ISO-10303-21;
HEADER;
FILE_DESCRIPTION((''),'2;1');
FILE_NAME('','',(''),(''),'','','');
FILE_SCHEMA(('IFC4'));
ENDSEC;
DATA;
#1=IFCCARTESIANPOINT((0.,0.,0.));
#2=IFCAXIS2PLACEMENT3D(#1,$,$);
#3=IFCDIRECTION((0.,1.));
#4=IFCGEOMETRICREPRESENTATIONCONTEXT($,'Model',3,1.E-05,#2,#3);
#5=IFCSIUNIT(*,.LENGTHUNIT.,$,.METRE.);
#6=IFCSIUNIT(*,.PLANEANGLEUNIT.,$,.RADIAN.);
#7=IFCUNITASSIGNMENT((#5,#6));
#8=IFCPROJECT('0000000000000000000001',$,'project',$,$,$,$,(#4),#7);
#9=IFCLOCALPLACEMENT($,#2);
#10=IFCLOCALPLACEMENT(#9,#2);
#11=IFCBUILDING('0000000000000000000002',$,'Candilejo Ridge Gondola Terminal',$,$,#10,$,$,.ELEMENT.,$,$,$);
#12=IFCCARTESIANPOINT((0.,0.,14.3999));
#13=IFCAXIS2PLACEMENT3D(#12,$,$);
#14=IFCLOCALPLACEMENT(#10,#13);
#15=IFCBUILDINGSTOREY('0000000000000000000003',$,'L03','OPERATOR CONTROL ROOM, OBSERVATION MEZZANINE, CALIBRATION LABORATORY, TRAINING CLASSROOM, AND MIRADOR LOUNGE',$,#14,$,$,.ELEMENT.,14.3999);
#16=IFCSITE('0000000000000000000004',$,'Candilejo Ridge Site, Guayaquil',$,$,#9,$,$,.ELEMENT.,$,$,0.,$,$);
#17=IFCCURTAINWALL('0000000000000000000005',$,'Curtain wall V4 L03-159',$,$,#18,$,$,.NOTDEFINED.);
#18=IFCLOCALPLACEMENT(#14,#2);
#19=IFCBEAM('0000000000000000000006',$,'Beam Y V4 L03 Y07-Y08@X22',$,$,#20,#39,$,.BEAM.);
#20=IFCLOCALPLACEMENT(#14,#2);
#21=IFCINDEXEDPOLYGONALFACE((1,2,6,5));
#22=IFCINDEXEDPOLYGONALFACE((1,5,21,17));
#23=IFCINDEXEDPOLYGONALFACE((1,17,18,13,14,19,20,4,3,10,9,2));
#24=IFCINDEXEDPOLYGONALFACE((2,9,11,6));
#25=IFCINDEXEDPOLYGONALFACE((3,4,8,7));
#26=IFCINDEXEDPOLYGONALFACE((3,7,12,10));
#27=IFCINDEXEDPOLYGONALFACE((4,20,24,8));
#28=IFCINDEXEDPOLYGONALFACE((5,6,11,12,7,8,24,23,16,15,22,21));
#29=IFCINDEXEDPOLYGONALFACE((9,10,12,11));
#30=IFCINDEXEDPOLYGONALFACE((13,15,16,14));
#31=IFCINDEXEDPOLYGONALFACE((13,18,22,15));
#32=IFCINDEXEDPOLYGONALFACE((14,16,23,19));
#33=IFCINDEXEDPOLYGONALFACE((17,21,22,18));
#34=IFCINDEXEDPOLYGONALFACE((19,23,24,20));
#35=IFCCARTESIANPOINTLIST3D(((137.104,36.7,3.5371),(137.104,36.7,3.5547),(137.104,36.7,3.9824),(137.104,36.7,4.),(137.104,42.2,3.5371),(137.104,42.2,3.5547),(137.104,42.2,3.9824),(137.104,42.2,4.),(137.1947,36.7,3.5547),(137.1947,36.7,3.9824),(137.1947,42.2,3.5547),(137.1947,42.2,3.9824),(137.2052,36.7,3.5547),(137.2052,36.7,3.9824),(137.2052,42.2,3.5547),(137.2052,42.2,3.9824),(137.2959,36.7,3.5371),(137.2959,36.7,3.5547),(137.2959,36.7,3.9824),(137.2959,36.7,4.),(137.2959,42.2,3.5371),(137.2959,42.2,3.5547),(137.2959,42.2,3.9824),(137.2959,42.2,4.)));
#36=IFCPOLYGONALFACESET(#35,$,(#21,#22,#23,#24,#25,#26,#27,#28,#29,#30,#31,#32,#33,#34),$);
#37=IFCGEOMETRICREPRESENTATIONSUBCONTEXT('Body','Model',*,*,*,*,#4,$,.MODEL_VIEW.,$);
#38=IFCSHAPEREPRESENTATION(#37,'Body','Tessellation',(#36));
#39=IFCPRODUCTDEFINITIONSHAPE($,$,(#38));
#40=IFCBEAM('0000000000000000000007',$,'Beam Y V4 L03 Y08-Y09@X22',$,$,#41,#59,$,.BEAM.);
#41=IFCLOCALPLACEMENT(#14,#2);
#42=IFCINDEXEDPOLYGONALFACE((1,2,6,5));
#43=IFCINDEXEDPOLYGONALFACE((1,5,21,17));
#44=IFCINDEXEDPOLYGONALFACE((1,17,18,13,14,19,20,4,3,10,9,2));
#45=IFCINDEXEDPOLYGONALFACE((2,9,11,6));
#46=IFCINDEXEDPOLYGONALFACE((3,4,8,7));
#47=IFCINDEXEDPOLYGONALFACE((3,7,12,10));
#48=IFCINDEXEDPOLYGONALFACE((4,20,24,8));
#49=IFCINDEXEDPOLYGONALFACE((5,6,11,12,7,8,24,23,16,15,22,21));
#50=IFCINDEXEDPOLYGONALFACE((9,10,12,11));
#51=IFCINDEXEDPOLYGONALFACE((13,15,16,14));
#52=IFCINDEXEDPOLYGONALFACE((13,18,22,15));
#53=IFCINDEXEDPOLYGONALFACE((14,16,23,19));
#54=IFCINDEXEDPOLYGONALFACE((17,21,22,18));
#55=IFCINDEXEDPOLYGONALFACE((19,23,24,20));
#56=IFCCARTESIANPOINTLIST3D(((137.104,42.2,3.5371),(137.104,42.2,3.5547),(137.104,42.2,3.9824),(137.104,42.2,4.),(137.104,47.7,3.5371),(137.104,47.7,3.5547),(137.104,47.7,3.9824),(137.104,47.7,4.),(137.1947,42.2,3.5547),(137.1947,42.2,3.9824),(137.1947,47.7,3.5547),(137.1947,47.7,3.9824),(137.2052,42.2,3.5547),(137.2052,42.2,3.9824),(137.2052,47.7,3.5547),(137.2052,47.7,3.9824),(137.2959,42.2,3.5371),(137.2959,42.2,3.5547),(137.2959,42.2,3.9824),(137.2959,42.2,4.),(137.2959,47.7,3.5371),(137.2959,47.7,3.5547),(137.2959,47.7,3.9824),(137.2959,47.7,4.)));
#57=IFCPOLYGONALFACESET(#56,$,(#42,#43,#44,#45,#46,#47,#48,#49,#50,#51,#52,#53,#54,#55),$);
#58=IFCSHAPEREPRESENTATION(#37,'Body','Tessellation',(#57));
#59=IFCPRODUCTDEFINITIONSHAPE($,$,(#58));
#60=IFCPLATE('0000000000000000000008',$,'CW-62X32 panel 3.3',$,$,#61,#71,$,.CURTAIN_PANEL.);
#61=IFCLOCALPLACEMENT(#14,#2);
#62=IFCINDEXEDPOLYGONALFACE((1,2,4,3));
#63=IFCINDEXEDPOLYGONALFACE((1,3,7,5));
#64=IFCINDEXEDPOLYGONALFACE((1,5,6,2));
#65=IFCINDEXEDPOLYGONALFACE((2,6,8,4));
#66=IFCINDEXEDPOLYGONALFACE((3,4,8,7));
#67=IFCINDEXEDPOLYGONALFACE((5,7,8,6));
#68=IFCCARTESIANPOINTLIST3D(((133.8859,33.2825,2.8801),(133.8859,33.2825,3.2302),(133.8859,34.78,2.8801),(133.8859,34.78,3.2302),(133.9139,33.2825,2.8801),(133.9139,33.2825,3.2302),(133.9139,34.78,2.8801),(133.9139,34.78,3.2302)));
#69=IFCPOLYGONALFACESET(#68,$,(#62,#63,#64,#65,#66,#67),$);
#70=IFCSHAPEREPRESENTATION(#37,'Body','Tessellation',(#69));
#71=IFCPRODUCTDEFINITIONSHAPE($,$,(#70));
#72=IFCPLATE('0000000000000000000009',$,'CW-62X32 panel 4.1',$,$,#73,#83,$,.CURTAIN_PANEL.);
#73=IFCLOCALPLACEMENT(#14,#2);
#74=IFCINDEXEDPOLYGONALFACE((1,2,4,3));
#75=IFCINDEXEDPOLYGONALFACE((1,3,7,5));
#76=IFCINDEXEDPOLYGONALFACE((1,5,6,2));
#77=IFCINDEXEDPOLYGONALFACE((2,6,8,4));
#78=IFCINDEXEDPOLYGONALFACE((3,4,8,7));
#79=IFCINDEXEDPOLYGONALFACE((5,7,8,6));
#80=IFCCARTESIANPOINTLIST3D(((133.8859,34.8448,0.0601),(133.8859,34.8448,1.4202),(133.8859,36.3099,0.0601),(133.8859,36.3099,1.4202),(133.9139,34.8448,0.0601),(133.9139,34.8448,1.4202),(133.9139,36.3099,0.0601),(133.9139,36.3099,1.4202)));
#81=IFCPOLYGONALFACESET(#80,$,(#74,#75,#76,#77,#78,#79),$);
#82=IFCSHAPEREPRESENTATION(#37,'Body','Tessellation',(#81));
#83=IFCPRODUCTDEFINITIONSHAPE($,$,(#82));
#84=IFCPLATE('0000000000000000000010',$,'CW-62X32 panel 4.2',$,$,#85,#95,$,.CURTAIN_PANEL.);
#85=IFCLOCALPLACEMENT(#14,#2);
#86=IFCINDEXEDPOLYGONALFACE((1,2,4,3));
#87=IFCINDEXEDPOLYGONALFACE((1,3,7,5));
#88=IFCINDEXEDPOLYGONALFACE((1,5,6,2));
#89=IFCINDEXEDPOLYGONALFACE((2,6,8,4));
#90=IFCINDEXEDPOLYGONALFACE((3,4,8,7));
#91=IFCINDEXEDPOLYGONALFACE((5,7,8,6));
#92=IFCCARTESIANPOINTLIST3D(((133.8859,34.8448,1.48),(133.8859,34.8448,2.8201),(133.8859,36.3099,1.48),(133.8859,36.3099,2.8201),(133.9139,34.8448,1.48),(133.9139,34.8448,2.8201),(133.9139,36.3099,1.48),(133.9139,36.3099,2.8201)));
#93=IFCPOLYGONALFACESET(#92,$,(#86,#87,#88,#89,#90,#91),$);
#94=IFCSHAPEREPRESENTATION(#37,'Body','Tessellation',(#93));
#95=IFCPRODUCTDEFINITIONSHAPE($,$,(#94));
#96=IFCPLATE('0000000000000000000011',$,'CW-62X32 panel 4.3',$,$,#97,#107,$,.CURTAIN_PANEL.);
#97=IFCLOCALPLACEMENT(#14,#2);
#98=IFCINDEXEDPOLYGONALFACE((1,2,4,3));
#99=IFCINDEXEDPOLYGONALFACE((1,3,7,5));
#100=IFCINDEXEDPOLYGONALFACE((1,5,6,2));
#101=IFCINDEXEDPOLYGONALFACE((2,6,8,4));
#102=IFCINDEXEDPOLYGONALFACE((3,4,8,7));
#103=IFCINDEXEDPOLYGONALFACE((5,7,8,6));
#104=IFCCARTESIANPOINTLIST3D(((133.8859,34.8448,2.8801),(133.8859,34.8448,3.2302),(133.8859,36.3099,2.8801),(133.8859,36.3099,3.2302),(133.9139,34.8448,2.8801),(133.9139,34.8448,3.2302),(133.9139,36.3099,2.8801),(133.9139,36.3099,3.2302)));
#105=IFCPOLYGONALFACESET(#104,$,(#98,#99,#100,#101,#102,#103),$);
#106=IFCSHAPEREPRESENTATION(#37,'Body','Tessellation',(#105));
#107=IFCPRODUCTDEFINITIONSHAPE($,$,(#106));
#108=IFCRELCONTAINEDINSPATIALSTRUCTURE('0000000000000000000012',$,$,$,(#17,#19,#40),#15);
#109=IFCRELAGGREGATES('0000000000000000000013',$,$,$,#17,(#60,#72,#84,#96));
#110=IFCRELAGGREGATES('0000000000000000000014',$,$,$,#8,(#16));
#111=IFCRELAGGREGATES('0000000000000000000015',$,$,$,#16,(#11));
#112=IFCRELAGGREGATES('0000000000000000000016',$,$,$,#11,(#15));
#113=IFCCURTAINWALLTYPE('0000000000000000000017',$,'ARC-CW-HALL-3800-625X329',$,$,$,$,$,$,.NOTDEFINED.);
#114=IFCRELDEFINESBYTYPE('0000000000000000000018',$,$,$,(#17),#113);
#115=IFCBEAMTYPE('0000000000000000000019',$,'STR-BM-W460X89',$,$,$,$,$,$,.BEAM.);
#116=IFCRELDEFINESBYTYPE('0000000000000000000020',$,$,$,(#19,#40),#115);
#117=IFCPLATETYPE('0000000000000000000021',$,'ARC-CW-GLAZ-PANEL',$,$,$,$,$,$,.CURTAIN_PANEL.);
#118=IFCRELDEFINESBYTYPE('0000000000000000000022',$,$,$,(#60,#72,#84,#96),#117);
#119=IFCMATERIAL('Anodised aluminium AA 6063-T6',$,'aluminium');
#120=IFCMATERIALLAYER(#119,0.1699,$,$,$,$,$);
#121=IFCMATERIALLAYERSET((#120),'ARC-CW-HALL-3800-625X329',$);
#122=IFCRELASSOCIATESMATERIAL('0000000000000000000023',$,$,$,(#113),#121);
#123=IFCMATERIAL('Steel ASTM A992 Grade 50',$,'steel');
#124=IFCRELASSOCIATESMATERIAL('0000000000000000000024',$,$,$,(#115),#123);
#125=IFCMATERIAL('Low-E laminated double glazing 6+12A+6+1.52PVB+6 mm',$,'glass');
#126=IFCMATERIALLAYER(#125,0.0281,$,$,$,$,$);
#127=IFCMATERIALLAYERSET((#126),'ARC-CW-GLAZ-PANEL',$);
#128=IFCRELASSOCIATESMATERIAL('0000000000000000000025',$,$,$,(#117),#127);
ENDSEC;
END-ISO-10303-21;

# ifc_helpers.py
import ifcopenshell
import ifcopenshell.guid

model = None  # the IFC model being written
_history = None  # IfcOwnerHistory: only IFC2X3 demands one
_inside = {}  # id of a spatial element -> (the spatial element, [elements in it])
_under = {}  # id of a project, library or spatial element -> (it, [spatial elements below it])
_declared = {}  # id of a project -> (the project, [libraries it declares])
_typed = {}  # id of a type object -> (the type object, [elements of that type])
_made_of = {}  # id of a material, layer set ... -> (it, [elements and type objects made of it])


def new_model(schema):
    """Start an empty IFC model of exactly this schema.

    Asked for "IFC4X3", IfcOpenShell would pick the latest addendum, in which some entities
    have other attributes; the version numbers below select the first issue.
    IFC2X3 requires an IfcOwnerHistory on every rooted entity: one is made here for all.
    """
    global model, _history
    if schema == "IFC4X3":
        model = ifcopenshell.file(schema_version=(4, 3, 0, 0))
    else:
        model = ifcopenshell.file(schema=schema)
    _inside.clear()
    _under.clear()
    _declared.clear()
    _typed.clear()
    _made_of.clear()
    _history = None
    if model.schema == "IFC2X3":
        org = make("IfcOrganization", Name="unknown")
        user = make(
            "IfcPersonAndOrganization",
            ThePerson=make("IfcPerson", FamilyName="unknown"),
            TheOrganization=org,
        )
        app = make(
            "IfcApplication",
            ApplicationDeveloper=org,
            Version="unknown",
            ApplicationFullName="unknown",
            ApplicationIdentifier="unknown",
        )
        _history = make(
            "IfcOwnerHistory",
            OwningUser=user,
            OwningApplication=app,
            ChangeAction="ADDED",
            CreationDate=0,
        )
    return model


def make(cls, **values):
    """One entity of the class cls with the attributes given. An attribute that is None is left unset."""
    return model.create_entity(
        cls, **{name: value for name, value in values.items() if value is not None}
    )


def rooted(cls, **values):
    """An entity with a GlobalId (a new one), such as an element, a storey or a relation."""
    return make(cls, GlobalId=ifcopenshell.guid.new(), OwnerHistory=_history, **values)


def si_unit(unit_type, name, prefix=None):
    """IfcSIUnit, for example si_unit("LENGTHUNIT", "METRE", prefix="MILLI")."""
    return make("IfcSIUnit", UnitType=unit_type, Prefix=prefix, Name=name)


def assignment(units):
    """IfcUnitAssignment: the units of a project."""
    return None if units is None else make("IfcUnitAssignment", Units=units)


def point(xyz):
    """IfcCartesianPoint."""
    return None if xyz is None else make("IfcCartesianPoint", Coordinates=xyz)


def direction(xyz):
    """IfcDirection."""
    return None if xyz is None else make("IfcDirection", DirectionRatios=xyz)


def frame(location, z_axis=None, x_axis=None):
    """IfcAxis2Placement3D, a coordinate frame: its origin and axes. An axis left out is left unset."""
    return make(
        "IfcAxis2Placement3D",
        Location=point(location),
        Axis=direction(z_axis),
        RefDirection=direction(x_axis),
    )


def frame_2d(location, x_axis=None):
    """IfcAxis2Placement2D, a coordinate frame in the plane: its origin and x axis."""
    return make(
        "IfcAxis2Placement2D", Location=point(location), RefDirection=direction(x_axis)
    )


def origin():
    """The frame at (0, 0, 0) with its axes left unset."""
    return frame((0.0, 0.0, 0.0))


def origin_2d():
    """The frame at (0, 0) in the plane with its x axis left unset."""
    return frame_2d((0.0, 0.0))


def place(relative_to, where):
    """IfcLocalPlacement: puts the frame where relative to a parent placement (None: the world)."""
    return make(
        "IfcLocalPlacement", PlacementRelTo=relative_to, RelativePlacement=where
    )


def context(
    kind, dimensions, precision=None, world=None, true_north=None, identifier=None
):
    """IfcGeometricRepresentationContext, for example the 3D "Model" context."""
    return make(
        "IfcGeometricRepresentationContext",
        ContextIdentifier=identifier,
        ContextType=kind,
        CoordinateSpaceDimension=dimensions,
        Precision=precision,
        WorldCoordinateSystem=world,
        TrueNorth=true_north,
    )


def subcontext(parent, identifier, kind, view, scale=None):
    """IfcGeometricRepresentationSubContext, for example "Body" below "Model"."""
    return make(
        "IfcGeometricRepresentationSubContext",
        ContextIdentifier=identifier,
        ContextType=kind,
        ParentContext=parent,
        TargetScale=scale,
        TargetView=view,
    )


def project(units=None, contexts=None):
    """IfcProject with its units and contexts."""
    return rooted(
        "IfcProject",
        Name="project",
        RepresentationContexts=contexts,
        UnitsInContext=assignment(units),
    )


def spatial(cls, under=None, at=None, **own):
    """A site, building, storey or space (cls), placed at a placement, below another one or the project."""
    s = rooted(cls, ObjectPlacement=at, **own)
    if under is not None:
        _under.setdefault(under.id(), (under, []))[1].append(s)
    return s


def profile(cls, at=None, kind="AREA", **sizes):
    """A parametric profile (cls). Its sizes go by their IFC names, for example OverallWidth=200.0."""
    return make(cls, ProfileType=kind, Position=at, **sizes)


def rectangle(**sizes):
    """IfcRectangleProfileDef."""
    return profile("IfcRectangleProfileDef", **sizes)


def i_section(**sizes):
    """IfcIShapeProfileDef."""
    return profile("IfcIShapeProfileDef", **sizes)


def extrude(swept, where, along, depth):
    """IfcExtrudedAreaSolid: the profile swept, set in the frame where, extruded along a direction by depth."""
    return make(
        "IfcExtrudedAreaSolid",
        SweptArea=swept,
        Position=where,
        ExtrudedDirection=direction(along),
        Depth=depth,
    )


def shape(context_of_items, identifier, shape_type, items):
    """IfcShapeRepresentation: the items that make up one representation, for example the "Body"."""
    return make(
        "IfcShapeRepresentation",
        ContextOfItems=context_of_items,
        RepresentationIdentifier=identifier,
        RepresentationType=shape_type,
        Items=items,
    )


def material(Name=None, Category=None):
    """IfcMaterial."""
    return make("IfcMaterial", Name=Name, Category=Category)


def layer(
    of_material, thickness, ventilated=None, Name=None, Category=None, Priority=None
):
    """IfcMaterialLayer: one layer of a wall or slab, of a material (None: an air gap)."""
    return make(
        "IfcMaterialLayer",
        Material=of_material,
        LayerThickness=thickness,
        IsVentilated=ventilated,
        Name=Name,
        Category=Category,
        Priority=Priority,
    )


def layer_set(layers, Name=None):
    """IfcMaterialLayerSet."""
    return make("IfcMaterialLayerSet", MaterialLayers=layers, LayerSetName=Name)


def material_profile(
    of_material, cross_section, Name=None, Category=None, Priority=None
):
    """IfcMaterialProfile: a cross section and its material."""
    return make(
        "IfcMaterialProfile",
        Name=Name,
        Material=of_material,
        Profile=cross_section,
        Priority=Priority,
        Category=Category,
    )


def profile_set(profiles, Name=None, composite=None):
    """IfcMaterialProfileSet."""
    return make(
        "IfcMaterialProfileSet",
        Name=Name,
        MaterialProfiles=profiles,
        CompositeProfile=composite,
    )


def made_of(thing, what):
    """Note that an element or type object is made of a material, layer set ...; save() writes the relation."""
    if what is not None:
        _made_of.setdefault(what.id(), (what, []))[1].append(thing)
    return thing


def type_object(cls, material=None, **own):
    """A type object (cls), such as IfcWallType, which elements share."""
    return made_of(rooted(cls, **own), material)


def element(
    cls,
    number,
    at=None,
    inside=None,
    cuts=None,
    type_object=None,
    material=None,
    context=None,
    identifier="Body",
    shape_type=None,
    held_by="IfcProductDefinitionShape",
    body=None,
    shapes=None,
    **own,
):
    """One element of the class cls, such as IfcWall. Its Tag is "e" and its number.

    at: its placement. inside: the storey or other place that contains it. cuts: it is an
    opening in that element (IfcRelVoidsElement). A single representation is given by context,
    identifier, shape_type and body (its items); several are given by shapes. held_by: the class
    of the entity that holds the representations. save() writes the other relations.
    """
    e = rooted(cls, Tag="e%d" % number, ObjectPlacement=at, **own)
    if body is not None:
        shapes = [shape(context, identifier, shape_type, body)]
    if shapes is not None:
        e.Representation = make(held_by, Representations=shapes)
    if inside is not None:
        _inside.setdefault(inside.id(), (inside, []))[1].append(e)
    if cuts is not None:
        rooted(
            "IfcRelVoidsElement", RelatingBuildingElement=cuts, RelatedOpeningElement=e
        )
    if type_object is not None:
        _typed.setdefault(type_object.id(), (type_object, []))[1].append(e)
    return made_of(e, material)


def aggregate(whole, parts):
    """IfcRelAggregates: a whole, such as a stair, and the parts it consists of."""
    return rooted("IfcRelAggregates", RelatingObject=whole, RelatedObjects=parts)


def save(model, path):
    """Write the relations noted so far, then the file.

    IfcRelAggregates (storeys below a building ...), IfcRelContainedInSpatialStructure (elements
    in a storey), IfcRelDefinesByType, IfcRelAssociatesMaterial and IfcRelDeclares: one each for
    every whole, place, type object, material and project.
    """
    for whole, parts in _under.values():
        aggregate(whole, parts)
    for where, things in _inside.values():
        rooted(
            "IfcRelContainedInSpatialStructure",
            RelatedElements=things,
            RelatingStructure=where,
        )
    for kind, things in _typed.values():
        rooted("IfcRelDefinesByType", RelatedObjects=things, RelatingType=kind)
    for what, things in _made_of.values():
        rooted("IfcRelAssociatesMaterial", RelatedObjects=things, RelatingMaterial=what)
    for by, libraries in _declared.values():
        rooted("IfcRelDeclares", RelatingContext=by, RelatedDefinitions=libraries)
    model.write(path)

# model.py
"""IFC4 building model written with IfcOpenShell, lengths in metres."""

from ifc_helpers import new_model, si_unit, direction, frame, origin, origin_2d, place, context, subcontext, project, spatial, rectangle, i_section, extrude, material, layer, layer_set, material_profile, profile_set, type_object, element, aggregate, save


model = new_model("IFC4")

# Units and contexts
model_context = context("Model", 3, precision=1e-05, world=origin(), true_north=direction((0.0, 1.0)))
body_context = subcontext(model_context, "Body", "Model", "MODEL_VIEW")
ifc_project = project(units=[si_unit("LENGTHUNIT", "METRE"), si_unit("PLANEANGLEUNIT", "RADIAN")], contexts=[model_context])

# Site, building, storey
site_placement = place(None, origin())
site = spatial("IfcSite", under=ifc_project, at=site_placement, Name="Candilejo Ridge Site, Guayaquil", CompositionType="ELEMENT", RefElevation=0.0)
building_placement = place(site_placement, origin())
building = spatial("IfcBuilding", under=site, at=building_placement, Name="Candilejo Ridge Gondola Terminal", CompositionType="ELEMENT")
storey_placement = place(building_placement, frame((0.0, 0.0, 14.3999)))
storey = spatial("IfcBuildingStorey", under=building, at=storey_placement, Name="L03", Description="OPERATOR CONTROL ROOM, OBSERVATION MEZZANINE, CALIBRATION LABORATORY, TRAINING CLASSROOM, AND MIRADOR LOUNGE", CompositionType="ELEMENT", Elevation=14.3999)

# Curtain wall
ifc_material_1 = material(Name="Anodised aluminium AA 6063-T6", Category="aluminium")
ifc_layer_1 = layer(ifc_material_1, 0.1699)
ifc_layer_set_1 = layer_set([ifc_layer_1], Name="ARC-CW-HALL-3800-625X329")
curtain_wall_type_1 = type_object("IfcCurtainWallType", Name="ARC-CW-HALL-3800-625X329", PredefinedType="NOTDEFINED", material=ifc_layer_set_1)
curtain_wall_1_placement = place(storey_placement, origin())
curtain_wall_1 = element("IfcCurtainWall", 1, at=curtain_wall_1_placement, inside=storey, type_object=curtain_wall_type_1, Name="Curtain wall V4 L03-159", PredefinedType="NOTDEFINED")

# Beams
ifc_material_2 = material(Name="Steel ASTM A992 Grade 50", Category="steel")
ifc_material_profile_1 = material_profile(ifc_material_2, i_section(OverallWidth=0.1919, OverallDepth=0.4629, WebThickness=0.0105, FlangeThickness=0.0176, at=origin_2d()))
ifc_profile_set_1 = profile_set([ifc_material_profile_1], Name="Steel ASTM A992 Grade 50")
beam_type = type_object("IfcBeamType", Name="STR-BM-W460X89", PredefinedType="BEAM", material=ifc_profile_set_1)
for number, where, z_axis, x_axis, name in (
    (2, (137.2, 36.7, 3.7686), (0.0, 1.0, 0.0), (-1.0, 0.0, 0.0), "Beam Y V4 L03 Y07-Y08@X22"),
    (3, (137.2, 42.2, 3.7686), (0.0, 1.0, 0.0), (-1.0, 0.0, 0.0), "Beam Y V4 L03 Y08-Y09@X22"),
):
    element("IfcBeam", number, at=place(storey_placement, frame(where, z_axis=z_axis, x_axis=x_axis)), inside=storey, type_object=beam_type, Name=name, PredefinedType="BEAM", context=body_context, shape_type="SweptSolid", body=[
        extrude(i_section(OverallWidth=0.1919, OverallDepth=0.4629, WebThickness=0.0105, FlangeThickness=0.0176, at=origin_2d()), origin(), (0.0, 0.0, 1.0), 5.5),
    ])

# Plates
ifc_material_3 = material(Name="Low-E laminated double glazing 6+12A+6+1.52PVB+6 mm", Category="glass")
ifc_layer_2 = layer(ifc_material_3, 0.0281)
ifc_layer_set_2 = layer_set([ifc_layer_2], Name="ARC-CW-GLAZ-PANEL")
plate_type = type_object("IfcPlateType", Name="ARC-CW-GLAZ-PANEL", PredefinedType="CURTAIN_PANEL", material=ifc_layer_set_2)
plate_1_placement = place(storey_placement, frame((133.8999, 34.0312, 2.8801), z_axis=(0.0, 0.0, 1.0), x_axis=(0.0, 1.0, 0.0)))
plate_1 = element("IfcPlate", 4, at=plate_1_placement, type_object=plate_type, Name="CW-62X32 panel 3.3", PredefinedType="CURTAIN_PANEL", context=body_context, shape_type="SweptSolid", body=[
    extrude(rectangle(XDim=1.4976, YDim=0.0281, at=origin_2d()), origin(), (0.0, 0.0, 1.0), 0.3501),
])
plate_2_placement = place(storey_placement, frame((133.8999, 35.5774, 0.0601), z_axis=(0.0, 0.0, 1.0), x_axis=(0.0, 1.0, 0.0)))
plate_2 = element("IfcPlate", 5, at=plate_2_placement, type_object=plate_type, Name="CW-62X32 panel 4.1", PredefinedType="CURTAIN_PANEL", context=body_context, shape_type="SweptSolid", body=[
    extrude(rectangle(XDim=1.4651, YDim=0.0281, at=origin_2d()), origin(), (0.0, 0.0, 1.0), 1.3601),
])
plate_3_placement = place(storey_placement, frame((133.8999, 35.5774, 1.48), z_axis=(0.0, 0.0, 1.0), x_axis=(0.0, 1.0, 0.0)))
plate_3 = element("IfcPlate", 6, at=plate_3_placement, type_object=plate_type, Name="CW-62X32 panel 4.2", PredefinedType="CURTAIN_PANEL", context=body_context, shape_type="SweptSolid", body=[
    extrude(rectangle(XDim=1.4651, YDim=0.0281, at=origin_2d()), origin(), (0.0, 0.0, 1.0), 1.3401),
])
plate_4_placement = place(storey_placement, frame((133.8999, 35.5774, 2.8801), z_axis=(0.0, 0.0, 1.0), x_axis=(0.0, 1.0, 0.0)))
plate_4 = element("IfcPlate", 7, at=plate_4_placement, type_object=plate_type, Name="CW-62X32 panel 4.3", PredefinedType="CURTAIN_PANEL", context=body_context, shape_type="SweptSolid", body=[
    extrude(rectangle(XDim=1.4651, YDim=0.0281, at=origin_2d()), origin(), (0.0, 0.0, 1.0), 0.3501),
])
aggregate(curtain_wall_1, [plate_1, plate_2, plate_3, plate_4])

save(model, "model.ifc")
